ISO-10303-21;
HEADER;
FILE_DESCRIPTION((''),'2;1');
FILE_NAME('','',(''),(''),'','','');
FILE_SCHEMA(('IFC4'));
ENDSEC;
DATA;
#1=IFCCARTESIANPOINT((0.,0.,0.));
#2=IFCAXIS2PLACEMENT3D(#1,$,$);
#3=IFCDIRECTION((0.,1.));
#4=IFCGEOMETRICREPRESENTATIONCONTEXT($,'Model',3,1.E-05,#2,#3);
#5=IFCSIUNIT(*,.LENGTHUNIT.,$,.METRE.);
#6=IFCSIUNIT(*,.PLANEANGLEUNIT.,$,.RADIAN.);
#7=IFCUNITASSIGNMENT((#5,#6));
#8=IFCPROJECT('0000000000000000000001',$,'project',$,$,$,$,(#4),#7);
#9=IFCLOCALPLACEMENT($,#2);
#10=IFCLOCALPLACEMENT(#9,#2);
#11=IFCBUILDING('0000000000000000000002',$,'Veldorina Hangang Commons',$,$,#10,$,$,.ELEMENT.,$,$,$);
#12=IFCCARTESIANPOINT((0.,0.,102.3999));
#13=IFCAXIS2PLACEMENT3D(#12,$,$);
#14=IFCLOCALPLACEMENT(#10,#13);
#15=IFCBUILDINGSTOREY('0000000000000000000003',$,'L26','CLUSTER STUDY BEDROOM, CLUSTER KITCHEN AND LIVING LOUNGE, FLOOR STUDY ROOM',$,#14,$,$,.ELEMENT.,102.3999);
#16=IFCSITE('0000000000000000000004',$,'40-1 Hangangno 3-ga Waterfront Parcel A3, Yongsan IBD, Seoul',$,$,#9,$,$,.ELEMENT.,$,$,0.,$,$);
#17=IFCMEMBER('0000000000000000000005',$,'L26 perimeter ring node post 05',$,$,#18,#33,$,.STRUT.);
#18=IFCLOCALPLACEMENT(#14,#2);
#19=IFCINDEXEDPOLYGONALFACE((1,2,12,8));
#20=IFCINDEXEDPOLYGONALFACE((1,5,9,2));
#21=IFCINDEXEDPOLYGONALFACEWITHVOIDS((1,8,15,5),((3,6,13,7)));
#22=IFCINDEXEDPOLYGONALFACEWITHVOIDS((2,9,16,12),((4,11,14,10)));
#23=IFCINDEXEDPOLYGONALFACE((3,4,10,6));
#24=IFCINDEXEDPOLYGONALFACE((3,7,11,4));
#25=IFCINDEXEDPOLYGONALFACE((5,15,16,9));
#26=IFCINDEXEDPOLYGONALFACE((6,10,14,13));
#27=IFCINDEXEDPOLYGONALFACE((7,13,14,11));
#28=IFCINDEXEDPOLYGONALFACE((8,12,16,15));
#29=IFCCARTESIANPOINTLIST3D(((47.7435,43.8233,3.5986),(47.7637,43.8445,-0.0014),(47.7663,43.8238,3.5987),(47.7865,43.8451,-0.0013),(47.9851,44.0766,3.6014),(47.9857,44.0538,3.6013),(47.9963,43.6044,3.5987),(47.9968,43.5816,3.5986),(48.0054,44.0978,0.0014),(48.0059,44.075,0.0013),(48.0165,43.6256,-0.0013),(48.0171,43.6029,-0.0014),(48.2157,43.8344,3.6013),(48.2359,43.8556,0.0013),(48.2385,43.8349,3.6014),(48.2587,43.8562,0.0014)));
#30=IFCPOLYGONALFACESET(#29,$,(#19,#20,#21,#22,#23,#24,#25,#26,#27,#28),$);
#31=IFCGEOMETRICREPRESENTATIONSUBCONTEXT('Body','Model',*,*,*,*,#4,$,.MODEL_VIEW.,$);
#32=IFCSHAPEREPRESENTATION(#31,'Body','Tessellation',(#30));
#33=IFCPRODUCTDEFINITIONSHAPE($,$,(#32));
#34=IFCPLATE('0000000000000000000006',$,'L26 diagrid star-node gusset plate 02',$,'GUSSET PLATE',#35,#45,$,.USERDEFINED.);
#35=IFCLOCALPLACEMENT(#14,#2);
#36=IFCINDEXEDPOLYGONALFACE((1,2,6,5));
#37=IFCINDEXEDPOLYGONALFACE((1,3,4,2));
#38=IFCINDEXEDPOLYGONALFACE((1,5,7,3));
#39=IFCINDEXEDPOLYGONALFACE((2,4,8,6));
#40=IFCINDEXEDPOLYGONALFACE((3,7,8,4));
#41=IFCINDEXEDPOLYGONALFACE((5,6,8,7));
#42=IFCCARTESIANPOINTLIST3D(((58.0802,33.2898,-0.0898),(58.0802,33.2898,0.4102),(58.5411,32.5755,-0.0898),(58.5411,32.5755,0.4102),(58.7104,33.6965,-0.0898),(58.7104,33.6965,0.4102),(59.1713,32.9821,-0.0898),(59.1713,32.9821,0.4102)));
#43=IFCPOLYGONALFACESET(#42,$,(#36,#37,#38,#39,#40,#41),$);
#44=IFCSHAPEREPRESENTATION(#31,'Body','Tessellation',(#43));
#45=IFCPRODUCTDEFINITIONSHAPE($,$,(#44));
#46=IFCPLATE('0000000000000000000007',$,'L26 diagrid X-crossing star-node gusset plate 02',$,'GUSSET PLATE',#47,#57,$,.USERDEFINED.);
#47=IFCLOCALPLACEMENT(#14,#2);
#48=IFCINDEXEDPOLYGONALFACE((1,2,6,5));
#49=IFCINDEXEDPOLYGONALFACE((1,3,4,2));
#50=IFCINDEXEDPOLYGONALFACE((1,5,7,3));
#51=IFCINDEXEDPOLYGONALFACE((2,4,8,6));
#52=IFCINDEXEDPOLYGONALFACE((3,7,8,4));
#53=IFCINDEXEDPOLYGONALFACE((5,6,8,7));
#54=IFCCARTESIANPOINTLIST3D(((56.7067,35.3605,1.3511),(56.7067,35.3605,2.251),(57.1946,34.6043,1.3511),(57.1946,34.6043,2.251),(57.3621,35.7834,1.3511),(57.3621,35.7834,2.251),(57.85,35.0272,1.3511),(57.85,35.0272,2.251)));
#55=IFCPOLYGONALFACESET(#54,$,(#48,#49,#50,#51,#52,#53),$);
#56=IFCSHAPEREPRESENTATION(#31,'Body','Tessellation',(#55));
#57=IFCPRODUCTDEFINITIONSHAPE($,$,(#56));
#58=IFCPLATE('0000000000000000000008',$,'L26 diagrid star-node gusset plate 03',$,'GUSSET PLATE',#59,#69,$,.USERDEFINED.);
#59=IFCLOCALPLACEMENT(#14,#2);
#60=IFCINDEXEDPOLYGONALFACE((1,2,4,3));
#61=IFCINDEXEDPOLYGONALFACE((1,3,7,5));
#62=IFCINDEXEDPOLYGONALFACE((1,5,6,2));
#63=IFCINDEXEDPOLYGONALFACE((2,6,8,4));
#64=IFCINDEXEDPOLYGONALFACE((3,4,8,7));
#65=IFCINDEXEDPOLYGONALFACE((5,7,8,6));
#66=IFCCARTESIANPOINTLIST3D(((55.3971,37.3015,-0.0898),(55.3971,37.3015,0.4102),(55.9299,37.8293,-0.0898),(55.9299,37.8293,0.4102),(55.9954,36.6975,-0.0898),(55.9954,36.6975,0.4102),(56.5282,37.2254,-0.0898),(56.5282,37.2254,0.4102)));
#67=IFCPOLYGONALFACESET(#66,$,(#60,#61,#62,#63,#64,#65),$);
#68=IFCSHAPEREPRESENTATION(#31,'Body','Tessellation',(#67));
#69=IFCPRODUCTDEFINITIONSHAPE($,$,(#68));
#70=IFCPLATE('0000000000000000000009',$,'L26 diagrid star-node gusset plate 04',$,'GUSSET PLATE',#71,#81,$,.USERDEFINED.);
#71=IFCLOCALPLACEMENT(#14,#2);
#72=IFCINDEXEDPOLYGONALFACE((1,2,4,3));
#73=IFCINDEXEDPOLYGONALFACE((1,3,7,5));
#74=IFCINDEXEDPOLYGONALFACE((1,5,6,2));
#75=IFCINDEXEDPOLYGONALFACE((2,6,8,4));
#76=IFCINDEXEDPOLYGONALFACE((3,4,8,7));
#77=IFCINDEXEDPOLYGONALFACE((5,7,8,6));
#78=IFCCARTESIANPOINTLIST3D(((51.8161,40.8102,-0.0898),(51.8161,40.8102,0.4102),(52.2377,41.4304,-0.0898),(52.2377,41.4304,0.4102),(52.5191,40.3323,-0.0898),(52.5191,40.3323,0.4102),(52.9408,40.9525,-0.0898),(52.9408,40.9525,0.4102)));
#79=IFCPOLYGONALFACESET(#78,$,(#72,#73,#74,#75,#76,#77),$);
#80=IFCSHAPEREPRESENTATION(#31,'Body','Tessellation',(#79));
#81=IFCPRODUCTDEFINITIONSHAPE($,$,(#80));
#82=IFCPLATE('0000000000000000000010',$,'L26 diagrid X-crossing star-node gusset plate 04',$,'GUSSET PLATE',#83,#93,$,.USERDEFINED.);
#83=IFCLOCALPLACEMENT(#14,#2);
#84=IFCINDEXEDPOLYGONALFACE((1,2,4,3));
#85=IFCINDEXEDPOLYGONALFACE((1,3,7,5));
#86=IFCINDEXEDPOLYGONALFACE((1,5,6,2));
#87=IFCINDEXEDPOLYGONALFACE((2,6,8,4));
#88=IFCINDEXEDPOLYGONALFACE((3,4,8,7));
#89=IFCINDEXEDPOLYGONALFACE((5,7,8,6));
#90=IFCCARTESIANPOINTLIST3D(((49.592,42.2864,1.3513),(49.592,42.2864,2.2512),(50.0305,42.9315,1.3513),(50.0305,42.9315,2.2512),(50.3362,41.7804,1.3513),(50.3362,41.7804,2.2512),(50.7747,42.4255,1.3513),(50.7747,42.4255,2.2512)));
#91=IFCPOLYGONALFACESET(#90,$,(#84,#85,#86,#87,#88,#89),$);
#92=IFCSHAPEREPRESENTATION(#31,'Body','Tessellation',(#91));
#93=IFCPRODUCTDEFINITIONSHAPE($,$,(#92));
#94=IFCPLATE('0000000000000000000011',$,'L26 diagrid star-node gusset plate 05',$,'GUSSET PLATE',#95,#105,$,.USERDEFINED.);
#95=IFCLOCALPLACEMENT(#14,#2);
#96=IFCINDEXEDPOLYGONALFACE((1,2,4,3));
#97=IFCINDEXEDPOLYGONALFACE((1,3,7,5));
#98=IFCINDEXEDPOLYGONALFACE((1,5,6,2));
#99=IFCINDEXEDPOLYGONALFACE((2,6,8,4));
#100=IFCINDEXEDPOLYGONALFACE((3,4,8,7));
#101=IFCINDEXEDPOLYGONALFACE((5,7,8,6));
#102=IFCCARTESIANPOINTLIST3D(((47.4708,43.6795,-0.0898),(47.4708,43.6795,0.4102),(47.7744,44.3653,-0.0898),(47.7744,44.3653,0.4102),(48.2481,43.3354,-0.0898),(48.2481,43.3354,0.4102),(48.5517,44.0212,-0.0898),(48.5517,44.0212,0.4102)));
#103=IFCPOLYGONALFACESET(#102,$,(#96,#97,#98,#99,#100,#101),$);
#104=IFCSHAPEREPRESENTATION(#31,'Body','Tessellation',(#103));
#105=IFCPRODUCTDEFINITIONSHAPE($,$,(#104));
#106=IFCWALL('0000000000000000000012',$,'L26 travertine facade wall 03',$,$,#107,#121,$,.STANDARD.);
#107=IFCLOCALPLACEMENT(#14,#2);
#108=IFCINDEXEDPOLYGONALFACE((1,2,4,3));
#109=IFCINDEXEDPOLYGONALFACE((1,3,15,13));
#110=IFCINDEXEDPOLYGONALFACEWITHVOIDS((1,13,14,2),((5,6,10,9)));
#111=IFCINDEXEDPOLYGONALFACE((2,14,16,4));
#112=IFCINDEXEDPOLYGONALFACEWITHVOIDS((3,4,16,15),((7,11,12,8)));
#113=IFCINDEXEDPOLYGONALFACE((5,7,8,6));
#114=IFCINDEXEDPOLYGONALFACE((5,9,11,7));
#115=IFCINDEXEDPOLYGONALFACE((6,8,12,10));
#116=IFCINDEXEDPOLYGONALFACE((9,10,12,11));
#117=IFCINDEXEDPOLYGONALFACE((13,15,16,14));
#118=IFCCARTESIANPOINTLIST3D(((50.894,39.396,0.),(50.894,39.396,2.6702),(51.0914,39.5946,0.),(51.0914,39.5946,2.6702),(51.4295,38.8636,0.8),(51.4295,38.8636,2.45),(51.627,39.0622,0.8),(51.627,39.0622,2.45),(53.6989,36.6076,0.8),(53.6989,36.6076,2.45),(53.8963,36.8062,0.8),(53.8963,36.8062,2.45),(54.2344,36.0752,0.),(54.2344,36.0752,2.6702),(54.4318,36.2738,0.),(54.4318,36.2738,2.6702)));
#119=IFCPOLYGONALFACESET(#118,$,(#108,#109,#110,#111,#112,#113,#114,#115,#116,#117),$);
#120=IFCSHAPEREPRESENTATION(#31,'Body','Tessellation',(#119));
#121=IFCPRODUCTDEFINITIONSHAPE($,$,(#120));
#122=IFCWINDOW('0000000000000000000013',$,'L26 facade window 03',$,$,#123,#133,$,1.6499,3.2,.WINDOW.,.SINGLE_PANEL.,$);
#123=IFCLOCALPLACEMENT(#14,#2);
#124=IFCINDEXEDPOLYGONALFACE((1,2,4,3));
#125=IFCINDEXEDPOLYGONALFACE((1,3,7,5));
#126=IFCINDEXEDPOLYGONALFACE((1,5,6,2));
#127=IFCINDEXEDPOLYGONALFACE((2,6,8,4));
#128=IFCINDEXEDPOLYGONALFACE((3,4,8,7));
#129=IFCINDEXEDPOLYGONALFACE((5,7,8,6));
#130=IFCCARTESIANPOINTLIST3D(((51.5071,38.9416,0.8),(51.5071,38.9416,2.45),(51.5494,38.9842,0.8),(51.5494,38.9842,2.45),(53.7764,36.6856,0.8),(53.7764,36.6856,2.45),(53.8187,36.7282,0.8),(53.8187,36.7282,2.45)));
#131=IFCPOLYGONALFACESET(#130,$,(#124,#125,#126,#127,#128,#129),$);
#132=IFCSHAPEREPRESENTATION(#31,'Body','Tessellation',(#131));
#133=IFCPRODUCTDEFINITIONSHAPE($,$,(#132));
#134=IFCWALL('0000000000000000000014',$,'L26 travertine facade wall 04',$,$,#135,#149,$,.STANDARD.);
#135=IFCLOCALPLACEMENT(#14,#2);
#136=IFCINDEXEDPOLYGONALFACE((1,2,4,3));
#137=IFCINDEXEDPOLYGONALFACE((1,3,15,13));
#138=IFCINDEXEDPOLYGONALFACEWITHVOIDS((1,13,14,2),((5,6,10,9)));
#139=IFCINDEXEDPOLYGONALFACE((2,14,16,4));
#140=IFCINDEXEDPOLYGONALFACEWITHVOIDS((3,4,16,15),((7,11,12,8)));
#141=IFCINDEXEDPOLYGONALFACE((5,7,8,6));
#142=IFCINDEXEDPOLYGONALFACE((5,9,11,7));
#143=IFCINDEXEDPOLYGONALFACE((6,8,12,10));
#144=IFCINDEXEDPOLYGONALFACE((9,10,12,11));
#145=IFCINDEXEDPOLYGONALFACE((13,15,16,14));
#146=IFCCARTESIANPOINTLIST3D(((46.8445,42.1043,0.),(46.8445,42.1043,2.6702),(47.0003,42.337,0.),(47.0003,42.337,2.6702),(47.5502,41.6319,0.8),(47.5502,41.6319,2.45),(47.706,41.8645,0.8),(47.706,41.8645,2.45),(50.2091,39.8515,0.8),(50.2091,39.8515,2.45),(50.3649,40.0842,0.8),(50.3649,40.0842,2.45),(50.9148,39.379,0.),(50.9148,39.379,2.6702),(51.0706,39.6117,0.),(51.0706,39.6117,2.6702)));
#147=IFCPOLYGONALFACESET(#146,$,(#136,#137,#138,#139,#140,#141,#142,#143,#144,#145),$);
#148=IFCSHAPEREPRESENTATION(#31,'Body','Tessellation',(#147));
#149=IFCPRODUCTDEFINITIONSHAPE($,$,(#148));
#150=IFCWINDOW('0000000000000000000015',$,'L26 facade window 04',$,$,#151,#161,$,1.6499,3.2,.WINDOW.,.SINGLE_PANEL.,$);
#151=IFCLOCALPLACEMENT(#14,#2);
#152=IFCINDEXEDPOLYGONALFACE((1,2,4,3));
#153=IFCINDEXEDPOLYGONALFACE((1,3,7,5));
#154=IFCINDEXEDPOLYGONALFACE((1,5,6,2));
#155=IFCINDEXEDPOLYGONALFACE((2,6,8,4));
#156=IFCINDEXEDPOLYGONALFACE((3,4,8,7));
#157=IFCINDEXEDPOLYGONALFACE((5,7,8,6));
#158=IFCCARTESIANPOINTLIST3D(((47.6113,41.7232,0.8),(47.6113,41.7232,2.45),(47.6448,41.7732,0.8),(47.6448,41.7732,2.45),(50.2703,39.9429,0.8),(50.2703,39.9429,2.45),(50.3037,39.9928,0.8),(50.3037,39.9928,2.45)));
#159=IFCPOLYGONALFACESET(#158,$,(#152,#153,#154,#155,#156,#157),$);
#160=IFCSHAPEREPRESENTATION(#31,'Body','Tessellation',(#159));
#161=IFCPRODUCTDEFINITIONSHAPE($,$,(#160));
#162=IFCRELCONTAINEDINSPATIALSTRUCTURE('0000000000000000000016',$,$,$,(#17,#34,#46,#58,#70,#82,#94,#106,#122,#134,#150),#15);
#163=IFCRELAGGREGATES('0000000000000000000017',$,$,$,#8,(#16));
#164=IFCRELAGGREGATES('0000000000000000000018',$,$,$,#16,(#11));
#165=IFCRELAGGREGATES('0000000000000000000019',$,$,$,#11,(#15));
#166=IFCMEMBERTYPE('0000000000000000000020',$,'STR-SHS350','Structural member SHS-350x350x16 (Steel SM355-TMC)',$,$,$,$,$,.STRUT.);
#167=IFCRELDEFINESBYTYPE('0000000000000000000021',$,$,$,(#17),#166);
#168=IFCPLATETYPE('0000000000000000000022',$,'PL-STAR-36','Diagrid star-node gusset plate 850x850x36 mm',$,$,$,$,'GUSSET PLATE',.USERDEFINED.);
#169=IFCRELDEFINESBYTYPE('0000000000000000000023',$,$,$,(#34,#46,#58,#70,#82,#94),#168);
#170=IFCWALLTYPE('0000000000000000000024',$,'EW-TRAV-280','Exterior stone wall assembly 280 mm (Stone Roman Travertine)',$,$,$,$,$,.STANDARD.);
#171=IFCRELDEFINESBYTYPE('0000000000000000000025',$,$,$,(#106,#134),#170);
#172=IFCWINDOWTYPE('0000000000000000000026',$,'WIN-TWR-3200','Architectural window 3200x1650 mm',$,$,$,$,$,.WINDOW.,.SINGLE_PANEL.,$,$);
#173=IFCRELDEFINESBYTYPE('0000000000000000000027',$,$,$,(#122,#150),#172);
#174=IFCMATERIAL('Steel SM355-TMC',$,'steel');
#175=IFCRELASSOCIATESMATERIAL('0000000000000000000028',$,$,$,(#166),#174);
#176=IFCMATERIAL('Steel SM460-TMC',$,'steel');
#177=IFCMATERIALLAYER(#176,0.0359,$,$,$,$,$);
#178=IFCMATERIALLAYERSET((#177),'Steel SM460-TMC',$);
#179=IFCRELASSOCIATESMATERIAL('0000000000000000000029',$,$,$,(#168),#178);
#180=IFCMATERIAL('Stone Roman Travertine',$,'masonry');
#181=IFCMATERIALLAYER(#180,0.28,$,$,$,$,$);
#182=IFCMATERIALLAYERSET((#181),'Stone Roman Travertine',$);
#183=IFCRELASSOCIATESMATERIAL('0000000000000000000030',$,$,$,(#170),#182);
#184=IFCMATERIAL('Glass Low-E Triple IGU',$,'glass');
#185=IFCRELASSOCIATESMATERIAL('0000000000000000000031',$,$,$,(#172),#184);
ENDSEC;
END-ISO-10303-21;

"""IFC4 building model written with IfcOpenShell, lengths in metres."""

from ifc_helpers import new_model, si_unit, direction, frame, frame_2d, origin, origin_2d, place, context, subcontext, project, spatial, rectangle, hollow_rectangle, extrude, material, layer, layer_set, material_profile, profile_set, type_object, element, fill, save


model = new_model("IFC4")

# Units and contexts
model_context = context("Model", 3, precision=1e-05, world=origin(), true_north=direction((0.0, 1.0)))
body_context = subcontext(model_context, "Body", "Model", "MODEL_VIEW")
ifc_project = project(units=[si_unit("LENGTHUNIT", "METRE"), si_unit("PLANEANGLEUNIT", "RADIAN")], contexts=[model_context])

# Site, building, storey
site_placement = place(None, origin())
site = spatial("IfcSite", under=ifc_project, at=site_placement, Name="40-1 Hangangno 3-ga Waterfront Parcel A3, Yongsan IBD, Seoul", CompositionType="ELEMENT", RefElevation=0.0)
building_placement = place(site_placement, origin())
building = spatial("IfcBuilding", under=site, at=building_placement, Name="Veldorina Hangang Commons", CompositionType="ELEMENT")
storey_placement = place(building_placement, frame((0.0, 0.0, 102.3999)))
storey = spatial("IfcBuildingStorey", under=building, at=storey_placement, Name="L26", Description="CLUSTER STUDY BEDROOM, CLUSTER KITCHEN AND LIVING LOUNGE, FLOOR STUDY ROOM", CompositionType="ELEMENT", Elevation=102.3999)

# Shared definitions
ifc_material_1 = material(Name="Steel SM355-TMC", Category="steel")

# Member
ifc_material_2 = material(Name="Steel SM460-TMC", Category="steel")
ifc_material_profile_1 = material_profile(ifc_material_1, hollow_rectangle(XDim=0.3501, YDim=0.3501, WallThickness=0.0161, at=origin_2d()), Name="SHS-350x350x16")
ifc_profile_set_1 = profile_set([ifc_material_profile_1], Name="Steel SM355-TMC")
member_type_1 = type_object("IfcMemberType", Name="STR-SHS350", Description="Structural member SHS-350x350x16 (Steel SM355-TMC)", PredefinedType="STRUT", material=ifc_profile_set_1)
member_1_placement = place(storey_placement, frame((48.0112, 43.8503, 0.0), z_axis=(-0.005628, -0.0059, 0.999967), x_axis=(0.723544, -0.690278, 0.0)))
element("IfcMember", 1, at=member_1_placement, inside=storey, type_object=member_type_1, Name="L26 perimeter ring node post 05", PredefinedType="STRUT", context=body_context, shape_type="SweptSolid", body=[
    extrude(hollow_rectangle(XDim=0.3501, YDim=0.3501, WallThickness=0.0161, at=origin_2d()), origin(), (0.0, 0.0, 1.0), 3.6001),
])

# Plates
ifc_layer_1 = layer(ifc_material_2, 0.0359)
ifc_layer_set_1 = layer_set([ifc_layer_1], Name="Steel SM460-TMC")
plate_type = type_object("IfcPlateType", Name="PL-STAR-36", Description="Diagrid star-node gusset plate 850x850x36 mm", ElementType="GUSSET PLATE", PredefinedType="USERDEFINED", material=ifc_layer_set_1)
plate_1_placement = place(storey_placement, frame((58.6257, 33.136, -0.0898), z_axis=(0.0, 0.0, 1.0), x_axis=(-0.542178, 0.840264, 0.0)))
element("IfcPlate", 2, at=plate_1_placement, inside=storey, type_object=plate_type, Name="L26 diagrid star-node gusset plate 02", ObjectType="GUSSET PLATE", PredefinedType="USERDEFINED", context=body_context, shape_type="SweptSolid", body=[
    extrude(rectangle(XDim=0.8501, YDim=0.75, at=origin_2d()), origin(), (0.0, 0.0, 1.0), 0.5),
])
plate_2_placement = place(storey_placement, frame((57.2783, 35.1938, 1.3511), z_axis=(0.0, 0.0, 1.0), x_axis=(-0.542178, 0.840264, 0.0)))
element("IfcPlate", 3, at=plate_2_placement, inside=storey, type_object=plate_type, Name="L26 diagrid X-crossing star-node gusset plate 02", ObjectType="GUSSET PLATE", PredefinedType="USERDEFINED", context=body_context, shape_type="SweptSolid", body=[
    extrude(rectangle(XDim=0.8999, YDim=0.78, at=origin_2d()), origin(), (0.0, 0.0, 1.0), 0.8999),
])
for number, where, z_axis, x_axis, name in (
    (4, (55.9626, 37.2634, -0.0898), (0.0, 0.0, 1.0), (-0.703792, 0.710407, 0.0), "L26 diagrid star-node gusset plate 03"),
    (5, (52.3784, 40.8813, -0.0898), (0.0, 0.0, 1.0), (-0.826992, 0.562213, 0.0), "L26 diagrid star-node gusset plate 04"),
):
    element("IfcPlate", number, at=place(storey_placement, frame(where, z_axis=z_axis, x_axis=x_axis)), inside=storey, type_object=plate_type, Name=name, ObjectType="GUSSET PLATE", PredefinedType="USERDEFINED", context=body_context, shape_type="SweptSolid", body=[
        extrude(rectangle(XDim=0.8501, YDim=0.75, at=origin_2d()), origin(), (0.0, 0.0, 1.0), 0.5),
    ])
plate_3_placement = place(storey_placement, frame((50.1833, 42.356, 1.3513), z_axis=(0.0, 0.0, 1.0), x_axis=(-0.826992, 0.562213, 0.0)))
element("IfcPlate", 6, at=plate_3_placement, inside=storey, type_object=plate_type, Name="L26 diagrid X-crossing star-node gusset plate 04", ObjectType="GUSSET PLATE", PredefinedType="USERDEFINED", context=body_context, shape_type="SweptSolid", body=[
    extrude(rectangle(XDim=0.8999, YDim=0.78, at=origin_2d()), origin(), (0.0, 0.0, 1.0), 0.8999),
])
plate_4_placement = place(storey_placement, frame((48.0112, 43.8503, -0.0898), z_axis=(0.0, 0.0, 1.0), x_axis=(-0.914381, 0.404854, 0.0)))
element("IfcPlate", 7, at=plate_4_placement, inside=storey, type_object=plate_type, Name="L26 diagrid star-node gusset plate 05", ObjectType="GUSSET PLATE", PredefinedType="USERDEFINED", context=body_context, shape_type="SweptSolid", body=[
    extrude(rectangle(XDim=0.8501, YDim=0.75, at=origin_2d()), origin(), (0.0, 0.0, 1.0), 0.5),
])

# Walls, openings, windows
ifc_material_3 = material(Name="Stone Roman Travertine", Category="masonry")
ifc_layer_2 = layer(ifc_material_3, 0.28)
ifc_layer_set_2 = layer_set([ifc_layer_2], Name="Stone Roman Travertine")
wall_type_1 = type_object("IfcWallType", Name="EW-TRAV-280", Description="Exterior stone wall assembly 280 mm (Stone Roman Travertine)", PredefinedType="STANDARD", material=ifc_layer_set_2)
wall_1_placement = place(storey_placement, frame((54.333, 36.1746, 0.0), z_axis=(0.0, 0.0, 1.0), x_axis=(-0.709177, 0.70503, 0.0)))
wall_1 = element("IfcWall", 8, at=wall_1_placement, inside=storey, type_object=wall_type_1, Name="L26 travertine facade wall 03", PredefinedType="STANDARD", context=body_context, shape_type="SweptSolid", body=[
    extrude(rectangle(XDim=4.7102, YDim=0.28, at=frame_2d((2.355, 0.0))), origin(), (0.0, 0.0, 1.0), 2.6702),
])
opening_1_placement = place(wall_1_placement, frame((0.7549, 0.0, 0.8)))
opening_1 = element("IfcOpeningElement", 9, at=opening_1_placement, cuts=wall_1, PredefinedType="OPENING", context=body_context, shape_type="SweptSolid", body=[
    extrude(rectangle(XDim=3.2, YDim=1.6499, at=frame_2d((1.6001, 0.825))), frame((0.0, 0.1499, 0.0), z_axis=(0.0, -1.0, 0.0), x_axis=(1.0, 0.0, 0.0)), (0.0, 0.0, 1.0), 0.3),
])
ifc_material_4 = material(Name="Glass Low-E Triple IGU", Category="glass")
window_type = type_object("IfcWindowType", Name="WIN-TWR-3200", Description="Architectural window 3200x1650 mm", PartitioningType="SINGLE_PANEL", PredefinedType="WINDOW", material=ifc_material_4)
window_1_placement = place(opening_1_placement, origin())
window_1 = element("IfcWindow", 10, at=window_1_placement, inside=storey, type_object=window_type, Name="L26 facade window 03", OverallHeight=1.6499, OverallWidth=3.2, PartitioningType="SINGLE_PANEL", PredefinedType="WINDOW", context=body_context, shape_type="SweptSolid", body=[
    extrude(rectangle(XDim=3.2, YDim=1.6499, at=frame_2d((1.6001, 0.825))), frame((0.0, 0.03, 0.0), z_axis=(0.0, -1.0, 0.0), x_axis=(1.0, 0.0, 0.0)), (0.0, 0.0, 1.0), 0.0601),
])
fill(opening_1, window_1)
wall_2_placement = place(storey_placement, frame((50.9927, 39.4954, 0.0), z_axis=(0.0, 0.0, 1.0), x_axis=(-0.830937, 0.556367, 0.0)))
wall_2 = element("IfcWall", 11, at=wall_2_placement, inside=storey, type_object=wall_type_1, Name="L26 travertine facade wall 04", PredefinedType="STANDARD", context=body_context, shape_type="SweptSolid", body=[
    extrude(rectangle(XDim=4.8984, YDim=0.28, at=frame_2d((2.4492, 0.0))), origin(), (0.0, 0.0, 1.0), 2.6702),
])
opening_2_placement = place(wall_2_placement, frame((0.8491, 0.0, 0.8)))
opening_2 = element("IfcOpeningElement", 12, at=opening_2_placement, cuts=wall_2, PredefinedType="OPENING", context=body_context, shape_type="SweptSolid", body=[
    extrude(rectangle(XDim=3.2, YDim=1.6499, at=frame_2d((1.6001, 0.825))), frame((0.0, 0.1499, 0.0), z_axis=(0.0, -1.0, 0.0), x_axis=(1.0, 0.0, 0.0)), (0.0, 0.0, 1.0), 0.3),
])
window_2_placement = place(opening_2_placement, origin())
window_2 = element("IfcWindow", 13, at=window_2_placement, inside=storey, type_object=window_type, Name="L26 facade window 04", OverallHeight=1.6499, OverallWidth=3.2, PartitioningType="SINGLE_PANEL", PredefinedType="WINDOW", context=body_context, shape_type="SweptSolid", body=[
    extrude(rectangle(XDim=3.2, YDim=1.6499, at=frame_2d((1.6001, 0.825))), frame((0.0, 0.03, 0.0), z_axis=(0.0, -1.0, 0.0), x_axis=(1.0, 0.0, 0.0)), (0.0, 0.0, 1.0), 0.0601),
])
fill(opening_2, window_2)

save(model, "model.ifc")
